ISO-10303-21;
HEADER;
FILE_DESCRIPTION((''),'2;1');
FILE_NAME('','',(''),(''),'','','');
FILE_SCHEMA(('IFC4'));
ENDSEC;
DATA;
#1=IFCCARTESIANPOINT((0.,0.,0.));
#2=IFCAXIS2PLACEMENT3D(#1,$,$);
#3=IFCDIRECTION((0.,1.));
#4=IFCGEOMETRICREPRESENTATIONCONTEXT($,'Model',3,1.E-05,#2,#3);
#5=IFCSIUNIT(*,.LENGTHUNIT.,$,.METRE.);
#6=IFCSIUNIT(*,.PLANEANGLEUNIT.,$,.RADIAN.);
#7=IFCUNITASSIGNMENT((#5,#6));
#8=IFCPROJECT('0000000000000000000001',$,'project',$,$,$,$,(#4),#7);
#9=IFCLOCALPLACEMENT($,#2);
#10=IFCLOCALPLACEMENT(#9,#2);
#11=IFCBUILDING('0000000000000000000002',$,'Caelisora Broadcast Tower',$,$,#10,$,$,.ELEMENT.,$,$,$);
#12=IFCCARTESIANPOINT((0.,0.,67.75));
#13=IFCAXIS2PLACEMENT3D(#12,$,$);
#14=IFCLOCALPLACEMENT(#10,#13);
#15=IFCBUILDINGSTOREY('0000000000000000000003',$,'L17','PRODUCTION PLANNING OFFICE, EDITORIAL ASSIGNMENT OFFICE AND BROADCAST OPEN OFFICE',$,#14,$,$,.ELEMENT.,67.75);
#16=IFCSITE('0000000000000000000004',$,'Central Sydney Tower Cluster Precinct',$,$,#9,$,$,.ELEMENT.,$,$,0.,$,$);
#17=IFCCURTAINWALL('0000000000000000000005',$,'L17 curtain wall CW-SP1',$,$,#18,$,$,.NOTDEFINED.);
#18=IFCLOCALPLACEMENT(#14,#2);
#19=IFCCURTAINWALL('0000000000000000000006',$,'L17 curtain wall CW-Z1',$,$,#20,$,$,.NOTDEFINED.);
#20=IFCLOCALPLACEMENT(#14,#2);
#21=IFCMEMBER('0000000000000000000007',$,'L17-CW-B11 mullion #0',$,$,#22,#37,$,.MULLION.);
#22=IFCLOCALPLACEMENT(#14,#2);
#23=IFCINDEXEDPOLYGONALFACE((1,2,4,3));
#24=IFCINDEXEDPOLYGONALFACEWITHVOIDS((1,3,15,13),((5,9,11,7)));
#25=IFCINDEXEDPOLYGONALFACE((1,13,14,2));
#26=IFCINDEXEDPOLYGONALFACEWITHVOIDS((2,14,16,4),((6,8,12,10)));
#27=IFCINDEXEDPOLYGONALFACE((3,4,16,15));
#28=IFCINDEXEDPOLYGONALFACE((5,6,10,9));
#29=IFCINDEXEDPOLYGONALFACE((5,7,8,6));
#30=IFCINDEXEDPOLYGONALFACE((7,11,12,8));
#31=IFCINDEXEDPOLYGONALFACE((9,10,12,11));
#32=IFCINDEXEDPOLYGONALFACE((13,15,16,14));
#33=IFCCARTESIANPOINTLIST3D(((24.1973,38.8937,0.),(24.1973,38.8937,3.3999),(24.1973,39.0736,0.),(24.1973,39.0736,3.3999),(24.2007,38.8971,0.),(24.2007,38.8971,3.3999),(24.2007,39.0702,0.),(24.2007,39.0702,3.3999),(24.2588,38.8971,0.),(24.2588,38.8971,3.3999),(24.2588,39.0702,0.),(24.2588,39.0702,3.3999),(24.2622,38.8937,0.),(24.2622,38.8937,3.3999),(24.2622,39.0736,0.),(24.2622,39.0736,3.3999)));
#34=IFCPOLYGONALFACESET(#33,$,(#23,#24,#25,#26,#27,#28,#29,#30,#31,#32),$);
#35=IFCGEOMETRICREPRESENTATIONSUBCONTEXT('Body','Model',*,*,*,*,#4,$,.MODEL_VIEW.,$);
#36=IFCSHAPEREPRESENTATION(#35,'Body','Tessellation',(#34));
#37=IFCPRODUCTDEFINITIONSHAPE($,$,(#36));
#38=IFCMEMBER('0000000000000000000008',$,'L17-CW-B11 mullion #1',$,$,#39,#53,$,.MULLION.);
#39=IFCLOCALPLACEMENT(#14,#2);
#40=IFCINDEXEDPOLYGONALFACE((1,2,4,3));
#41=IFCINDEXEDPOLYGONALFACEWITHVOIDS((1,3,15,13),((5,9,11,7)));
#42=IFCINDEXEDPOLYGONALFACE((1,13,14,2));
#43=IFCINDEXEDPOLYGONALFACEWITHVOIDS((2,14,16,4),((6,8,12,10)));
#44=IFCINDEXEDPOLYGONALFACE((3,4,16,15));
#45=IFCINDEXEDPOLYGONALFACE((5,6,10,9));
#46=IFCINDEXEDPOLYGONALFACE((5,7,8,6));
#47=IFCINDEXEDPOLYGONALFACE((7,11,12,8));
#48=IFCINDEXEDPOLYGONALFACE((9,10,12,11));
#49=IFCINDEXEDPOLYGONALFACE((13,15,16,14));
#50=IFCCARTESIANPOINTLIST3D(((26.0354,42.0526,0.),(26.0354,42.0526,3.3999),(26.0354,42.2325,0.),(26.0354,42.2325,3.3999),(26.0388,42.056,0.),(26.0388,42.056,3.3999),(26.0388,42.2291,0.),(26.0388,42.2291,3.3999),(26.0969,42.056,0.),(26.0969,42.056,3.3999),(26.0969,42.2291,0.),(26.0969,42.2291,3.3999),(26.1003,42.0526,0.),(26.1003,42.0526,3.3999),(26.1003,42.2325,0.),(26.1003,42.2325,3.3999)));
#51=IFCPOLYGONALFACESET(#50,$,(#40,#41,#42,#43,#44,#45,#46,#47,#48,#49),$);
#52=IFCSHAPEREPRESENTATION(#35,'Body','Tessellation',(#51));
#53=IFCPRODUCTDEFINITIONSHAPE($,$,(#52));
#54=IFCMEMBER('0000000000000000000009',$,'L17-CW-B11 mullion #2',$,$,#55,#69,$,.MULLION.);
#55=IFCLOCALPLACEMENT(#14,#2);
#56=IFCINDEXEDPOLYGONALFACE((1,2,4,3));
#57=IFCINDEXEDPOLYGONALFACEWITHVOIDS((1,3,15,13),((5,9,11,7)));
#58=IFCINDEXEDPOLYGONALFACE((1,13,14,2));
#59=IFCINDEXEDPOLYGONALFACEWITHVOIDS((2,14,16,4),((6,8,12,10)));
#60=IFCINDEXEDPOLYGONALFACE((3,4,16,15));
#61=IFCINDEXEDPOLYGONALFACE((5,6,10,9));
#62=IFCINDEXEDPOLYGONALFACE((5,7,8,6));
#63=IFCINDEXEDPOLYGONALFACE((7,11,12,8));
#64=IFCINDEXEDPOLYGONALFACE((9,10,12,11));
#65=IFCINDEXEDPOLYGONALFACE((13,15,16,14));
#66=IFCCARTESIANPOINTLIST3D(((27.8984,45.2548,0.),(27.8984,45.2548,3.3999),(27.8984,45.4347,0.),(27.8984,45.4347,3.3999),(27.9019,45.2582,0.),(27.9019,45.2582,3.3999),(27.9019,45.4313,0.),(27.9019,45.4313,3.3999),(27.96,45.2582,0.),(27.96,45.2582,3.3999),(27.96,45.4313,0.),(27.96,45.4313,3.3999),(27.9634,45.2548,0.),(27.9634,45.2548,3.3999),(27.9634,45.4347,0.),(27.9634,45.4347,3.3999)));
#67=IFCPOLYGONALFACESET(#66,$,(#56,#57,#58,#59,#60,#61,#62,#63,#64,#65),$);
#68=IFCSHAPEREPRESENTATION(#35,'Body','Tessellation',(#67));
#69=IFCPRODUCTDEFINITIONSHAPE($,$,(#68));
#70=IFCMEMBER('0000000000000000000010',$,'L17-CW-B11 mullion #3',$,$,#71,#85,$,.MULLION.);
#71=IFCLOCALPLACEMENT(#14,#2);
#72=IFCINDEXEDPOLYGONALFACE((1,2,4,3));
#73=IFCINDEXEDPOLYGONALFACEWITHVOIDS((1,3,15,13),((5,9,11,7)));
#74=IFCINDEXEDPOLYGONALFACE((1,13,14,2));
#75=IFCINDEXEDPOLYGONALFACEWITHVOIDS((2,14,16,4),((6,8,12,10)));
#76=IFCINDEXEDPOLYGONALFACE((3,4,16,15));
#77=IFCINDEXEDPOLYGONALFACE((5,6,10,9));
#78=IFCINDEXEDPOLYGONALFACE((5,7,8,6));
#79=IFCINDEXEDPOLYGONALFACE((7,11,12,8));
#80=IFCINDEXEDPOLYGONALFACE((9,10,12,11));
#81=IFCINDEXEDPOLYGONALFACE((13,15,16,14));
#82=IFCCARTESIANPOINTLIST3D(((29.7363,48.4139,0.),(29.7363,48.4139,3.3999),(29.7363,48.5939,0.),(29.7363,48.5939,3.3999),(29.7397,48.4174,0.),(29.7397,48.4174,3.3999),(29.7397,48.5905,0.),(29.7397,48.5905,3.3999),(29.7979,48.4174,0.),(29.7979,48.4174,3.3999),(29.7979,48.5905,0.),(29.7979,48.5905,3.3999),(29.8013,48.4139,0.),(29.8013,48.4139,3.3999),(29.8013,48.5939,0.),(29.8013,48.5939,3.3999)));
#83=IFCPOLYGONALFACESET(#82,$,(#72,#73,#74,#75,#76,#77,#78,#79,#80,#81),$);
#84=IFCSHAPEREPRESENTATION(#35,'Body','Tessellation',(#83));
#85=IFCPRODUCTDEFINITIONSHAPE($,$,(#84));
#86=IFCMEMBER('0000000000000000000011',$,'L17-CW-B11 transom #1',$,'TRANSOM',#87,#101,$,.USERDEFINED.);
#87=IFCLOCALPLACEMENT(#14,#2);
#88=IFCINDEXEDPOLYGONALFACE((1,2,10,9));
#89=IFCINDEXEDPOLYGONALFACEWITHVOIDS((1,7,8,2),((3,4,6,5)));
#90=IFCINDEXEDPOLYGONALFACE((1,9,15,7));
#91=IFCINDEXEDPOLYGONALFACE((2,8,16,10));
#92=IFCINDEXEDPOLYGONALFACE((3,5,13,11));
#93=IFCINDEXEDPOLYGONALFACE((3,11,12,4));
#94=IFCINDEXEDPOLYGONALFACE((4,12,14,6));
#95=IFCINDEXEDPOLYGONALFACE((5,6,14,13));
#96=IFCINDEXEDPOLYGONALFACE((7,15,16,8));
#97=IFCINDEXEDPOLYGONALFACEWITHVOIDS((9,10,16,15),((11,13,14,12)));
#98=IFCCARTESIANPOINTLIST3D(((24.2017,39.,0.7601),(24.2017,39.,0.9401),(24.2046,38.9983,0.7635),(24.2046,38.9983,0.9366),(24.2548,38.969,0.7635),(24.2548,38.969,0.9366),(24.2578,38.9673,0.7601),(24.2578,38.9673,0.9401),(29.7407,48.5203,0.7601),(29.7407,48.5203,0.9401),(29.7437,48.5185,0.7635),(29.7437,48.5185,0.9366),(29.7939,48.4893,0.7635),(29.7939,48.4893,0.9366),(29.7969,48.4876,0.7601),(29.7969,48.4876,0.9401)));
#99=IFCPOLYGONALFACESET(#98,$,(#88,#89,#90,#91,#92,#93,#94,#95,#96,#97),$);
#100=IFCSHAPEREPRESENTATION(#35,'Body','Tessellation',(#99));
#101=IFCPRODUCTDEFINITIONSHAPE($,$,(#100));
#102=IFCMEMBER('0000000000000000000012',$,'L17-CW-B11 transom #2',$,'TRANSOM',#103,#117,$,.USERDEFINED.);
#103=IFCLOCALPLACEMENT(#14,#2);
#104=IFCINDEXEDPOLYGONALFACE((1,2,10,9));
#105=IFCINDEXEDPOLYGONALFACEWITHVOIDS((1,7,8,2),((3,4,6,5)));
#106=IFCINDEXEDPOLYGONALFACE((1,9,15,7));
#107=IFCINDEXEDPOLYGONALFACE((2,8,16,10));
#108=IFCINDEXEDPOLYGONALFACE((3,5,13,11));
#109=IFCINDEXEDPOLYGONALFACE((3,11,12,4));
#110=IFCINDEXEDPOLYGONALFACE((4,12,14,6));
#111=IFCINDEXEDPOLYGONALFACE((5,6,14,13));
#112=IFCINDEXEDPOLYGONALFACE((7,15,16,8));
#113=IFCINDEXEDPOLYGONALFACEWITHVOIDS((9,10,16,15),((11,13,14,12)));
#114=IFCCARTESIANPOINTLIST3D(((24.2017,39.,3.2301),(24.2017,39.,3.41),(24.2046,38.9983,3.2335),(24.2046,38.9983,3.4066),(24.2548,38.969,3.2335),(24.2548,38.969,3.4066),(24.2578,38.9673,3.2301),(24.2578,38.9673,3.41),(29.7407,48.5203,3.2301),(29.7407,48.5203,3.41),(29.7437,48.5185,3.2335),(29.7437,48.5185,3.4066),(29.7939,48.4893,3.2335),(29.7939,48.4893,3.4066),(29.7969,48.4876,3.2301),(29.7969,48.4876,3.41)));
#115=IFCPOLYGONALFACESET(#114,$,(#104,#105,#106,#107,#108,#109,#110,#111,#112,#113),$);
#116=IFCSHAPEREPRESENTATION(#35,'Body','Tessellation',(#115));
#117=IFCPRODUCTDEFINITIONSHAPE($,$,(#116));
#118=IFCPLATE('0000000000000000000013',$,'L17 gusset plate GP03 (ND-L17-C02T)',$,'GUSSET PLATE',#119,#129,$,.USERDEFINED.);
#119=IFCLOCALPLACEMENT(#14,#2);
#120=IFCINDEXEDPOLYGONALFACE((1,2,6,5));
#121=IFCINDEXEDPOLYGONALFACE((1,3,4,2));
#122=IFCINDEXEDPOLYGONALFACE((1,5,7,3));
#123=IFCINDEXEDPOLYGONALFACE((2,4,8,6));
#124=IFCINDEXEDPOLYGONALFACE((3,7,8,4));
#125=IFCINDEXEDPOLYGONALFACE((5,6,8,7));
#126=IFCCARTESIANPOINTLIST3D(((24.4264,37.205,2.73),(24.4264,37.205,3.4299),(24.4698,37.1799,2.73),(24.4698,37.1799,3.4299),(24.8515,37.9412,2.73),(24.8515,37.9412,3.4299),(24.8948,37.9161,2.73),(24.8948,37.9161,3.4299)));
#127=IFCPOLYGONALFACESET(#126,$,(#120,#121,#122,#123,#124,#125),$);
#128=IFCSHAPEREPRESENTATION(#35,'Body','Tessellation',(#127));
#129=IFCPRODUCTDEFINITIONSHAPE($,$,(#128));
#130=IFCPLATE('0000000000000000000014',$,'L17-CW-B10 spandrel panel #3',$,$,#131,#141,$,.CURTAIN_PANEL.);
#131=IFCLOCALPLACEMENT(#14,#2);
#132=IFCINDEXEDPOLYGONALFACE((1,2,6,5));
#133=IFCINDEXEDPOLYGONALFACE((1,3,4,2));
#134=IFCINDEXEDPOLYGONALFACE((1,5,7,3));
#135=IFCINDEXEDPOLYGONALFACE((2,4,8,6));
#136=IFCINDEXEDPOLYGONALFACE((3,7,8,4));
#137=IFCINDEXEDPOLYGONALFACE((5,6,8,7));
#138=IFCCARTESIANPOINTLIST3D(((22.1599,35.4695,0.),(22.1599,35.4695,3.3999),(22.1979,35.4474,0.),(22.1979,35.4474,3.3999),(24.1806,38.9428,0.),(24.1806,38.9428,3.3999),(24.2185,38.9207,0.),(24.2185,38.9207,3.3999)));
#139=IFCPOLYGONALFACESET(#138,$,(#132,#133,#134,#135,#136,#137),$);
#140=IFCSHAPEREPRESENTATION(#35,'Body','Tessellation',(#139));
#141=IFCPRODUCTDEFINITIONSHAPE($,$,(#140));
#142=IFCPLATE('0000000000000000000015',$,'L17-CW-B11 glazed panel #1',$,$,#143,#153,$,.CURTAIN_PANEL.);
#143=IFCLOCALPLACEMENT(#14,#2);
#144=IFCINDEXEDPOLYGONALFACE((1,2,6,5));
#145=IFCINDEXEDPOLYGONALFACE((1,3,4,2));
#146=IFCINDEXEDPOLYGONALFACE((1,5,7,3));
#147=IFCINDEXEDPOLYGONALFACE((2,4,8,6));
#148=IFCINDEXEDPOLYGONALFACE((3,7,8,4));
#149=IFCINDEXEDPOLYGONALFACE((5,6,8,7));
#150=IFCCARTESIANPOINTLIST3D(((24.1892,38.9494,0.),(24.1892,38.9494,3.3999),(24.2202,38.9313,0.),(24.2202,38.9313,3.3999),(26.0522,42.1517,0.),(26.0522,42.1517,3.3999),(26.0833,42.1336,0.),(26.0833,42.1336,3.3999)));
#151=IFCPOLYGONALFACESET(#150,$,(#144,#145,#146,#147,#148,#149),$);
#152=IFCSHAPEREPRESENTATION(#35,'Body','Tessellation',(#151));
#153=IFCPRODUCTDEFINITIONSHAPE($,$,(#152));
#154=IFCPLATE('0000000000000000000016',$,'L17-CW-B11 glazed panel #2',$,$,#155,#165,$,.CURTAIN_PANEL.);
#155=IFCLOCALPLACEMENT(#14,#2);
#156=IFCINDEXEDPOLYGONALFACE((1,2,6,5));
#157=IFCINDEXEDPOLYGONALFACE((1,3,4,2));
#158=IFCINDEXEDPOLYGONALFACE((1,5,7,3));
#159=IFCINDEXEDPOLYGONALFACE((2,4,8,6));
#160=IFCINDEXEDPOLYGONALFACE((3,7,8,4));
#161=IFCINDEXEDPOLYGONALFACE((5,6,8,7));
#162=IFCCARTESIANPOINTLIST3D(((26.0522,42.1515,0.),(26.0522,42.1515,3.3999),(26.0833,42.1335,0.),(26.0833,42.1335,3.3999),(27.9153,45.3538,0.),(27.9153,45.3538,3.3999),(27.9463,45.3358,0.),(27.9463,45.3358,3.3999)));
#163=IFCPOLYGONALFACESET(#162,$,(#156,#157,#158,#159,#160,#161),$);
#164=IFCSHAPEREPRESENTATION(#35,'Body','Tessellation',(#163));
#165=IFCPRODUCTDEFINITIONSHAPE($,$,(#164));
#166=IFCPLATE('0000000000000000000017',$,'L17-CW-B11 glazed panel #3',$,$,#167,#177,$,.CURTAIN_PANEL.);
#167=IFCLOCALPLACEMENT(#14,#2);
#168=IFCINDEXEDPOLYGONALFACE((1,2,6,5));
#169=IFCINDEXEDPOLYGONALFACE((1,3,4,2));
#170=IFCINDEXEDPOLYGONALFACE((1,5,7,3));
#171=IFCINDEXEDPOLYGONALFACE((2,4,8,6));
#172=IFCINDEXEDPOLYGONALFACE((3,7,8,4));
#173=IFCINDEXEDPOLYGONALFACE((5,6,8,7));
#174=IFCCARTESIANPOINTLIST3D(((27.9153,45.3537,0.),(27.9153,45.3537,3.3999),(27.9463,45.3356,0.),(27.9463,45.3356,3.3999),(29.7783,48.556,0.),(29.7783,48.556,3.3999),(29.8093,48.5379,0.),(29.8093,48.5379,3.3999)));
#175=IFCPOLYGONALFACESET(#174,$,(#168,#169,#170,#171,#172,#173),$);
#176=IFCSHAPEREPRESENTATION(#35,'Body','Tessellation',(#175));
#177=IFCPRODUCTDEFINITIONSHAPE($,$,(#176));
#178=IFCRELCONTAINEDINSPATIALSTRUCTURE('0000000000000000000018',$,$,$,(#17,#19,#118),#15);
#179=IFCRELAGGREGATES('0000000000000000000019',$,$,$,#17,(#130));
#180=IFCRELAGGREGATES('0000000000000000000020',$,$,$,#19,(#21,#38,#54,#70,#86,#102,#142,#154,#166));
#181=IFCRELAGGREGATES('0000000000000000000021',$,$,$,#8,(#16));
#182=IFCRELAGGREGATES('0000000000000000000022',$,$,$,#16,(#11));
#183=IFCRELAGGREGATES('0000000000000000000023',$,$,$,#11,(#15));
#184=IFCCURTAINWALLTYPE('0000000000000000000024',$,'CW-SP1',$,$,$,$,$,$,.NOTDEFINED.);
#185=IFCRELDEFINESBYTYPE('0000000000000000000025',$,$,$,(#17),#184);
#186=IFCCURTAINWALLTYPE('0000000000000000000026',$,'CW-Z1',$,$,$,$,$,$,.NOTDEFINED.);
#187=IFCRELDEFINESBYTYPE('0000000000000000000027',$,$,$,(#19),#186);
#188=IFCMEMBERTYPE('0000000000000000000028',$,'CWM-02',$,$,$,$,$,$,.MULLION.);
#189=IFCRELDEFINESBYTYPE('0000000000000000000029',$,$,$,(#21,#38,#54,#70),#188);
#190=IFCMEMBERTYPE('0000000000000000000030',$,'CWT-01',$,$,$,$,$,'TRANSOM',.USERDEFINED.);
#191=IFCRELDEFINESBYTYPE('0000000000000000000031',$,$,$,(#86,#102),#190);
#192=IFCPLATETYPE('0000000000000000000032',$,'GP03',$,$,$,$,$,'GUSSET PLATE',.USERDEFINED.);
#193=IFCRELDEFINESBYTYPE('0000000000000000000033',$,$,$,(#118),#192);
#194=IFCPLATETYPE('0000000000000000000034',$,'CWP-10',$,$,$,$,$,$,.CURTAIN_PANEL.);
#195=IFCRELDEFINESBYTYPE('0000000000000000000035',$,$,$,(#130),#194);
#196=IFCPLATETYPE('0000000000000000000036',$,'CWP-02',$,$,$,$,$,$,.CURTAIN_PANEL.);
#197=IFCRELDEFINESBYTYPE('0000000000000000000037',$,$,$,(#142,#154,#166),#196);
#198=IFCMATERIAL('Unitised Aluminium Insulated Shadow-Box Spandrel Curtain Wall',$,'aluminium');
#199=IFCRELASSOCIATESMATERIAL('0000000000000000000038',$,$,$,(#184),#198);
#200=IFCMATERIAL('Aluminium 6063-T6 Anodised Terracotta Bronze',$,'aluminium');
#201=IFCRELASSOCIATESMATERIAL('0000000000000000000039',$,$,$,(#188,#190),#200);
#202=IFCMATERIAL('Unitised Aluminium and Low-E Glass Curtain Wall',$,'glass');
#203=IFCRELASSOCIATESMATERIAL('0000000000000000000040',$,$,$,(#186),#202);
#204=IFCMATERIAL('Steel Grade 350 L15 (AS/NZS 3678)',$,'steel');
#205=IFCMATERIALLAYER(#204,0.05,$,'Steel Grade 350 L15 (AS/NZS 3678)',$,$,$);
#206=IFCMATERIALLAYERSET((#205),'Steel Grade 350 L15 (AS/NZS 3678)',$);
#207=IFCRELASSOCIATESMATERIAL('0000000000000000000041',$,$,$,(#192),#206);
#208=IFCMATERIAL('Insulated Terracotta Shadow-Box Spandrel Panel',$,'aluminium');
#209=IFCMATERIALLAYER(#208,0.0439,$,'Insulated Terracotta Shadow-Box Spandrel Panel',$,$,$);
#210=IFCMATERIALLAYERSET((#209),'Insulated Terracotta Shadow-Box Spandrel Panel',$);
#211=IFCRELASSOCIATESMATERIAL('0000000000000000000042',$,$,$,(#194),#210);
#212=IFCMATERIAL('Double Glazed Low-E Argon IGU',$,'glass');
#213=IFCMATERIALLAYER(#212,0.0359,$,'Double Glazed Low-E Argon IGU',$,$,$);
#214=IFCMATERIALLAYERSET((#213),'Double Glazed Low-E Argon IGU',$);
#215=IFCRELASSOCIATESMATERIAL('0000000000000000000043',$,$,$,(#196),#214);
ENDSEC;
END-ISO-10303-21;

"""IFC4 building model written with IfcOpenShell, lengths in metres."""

from ifc_helpers import new_model, si_unit, direction, frame, origin, origin_2d, place, context, subcontext, project, spatial, rectangle, hollow_rectangle, extrude, source, transform, mapped, material, layer, layer_set, material_profile, profile_set, type_object, type_shapes, element, aggregate, save


model = new_model("IFC4")

# Units and contexts
model_context = context("Model", 3, precision=1e-05, world=origin(), true_north=direction((0.0, 1.0)))
body_context = subcontext(model_context, "Body", "Model", "MODEL_VIEW")
ifc_project = project(units=[si_unit("LENGTHUNIT", "METRE"), si_unit("PLANEANGLEUNIT", "RADIAN")], contexts=[model_context])

# Site, building, storey
site_placement = place(None, origin())
site = spatial("IfcSite", under=ifc_project, at=site_placement, Name="Central Sydney Tower Cluster Precinct", CompositionType="ELEMENT", RefElevation=0.0)
building_placement = place(site_placement, origin())
building = spatial("IfcBuilding", under=site, at=building_placement, Name="Caelisora Broadcast Tower", CompositionType="ELEMENT")
storey_placement = place(building_placement, frame((0.0, 0.0, 67.75)))
storey = spatial("IfcBuildingStorey", under=building, at=storey_placement, Name="L17", Description="PRODUCTION PLANNING OFFICE, EDITORIAL ASSIGNMENT OFFICE AND BROADCAST OPEN OFFICE", CompositionType="ELEMENT", Elevation=67.75)

# Shared definitions
ifc_material_1 = material(Name="Steel Grade 350 L15 (AS/NZS 3678)", Category="steel")

# Curtain wall
ifc_material_2 = material(Name="Unitised Aluminium Insulated Shadow-Box Spandrel Curtain Wall", Category="aluminium")
curtain_wall_type_1 = type_object("IfcCurtainWallType", Name="CW-SP1", PredefinedType="NOTDEFINED", material=ifc_material_2)
curtain_wall_1_placement = place(storey_placement, origin())
curtain_wall_1 = element("IfcCurtainWall", 1, at=curtain_wall_1_placement, inside=storey, type_object=curtain_wall_type_1, Name="L17 curtain wall CW-SP1", PredefinedType="NOTDEFINED")
ifc_material_3 = material(Name="Aluminium 6063-T6 Anodised Terracotta Bronze", Category="aluminium")
ifc_material_profile_1 = material_profile(ifc_material_3, hollow_rectangle(XDim=0.0649, YDim=0.1799, WallThickness=0.0034, at=origin_2d()), Name="Aluminium 6063-T6 Anodised Terracotta Bronze")
ifc_profile_set_1 = profile_set([ifc_material_profile_1], Name="Aluminium 6063-T6 Anodised Terracotta Bronze")
member_type_1 = type_object("IfcMemberType", Name="CWM-02", PredefinedType="MULLION", material=ifc_profile_set_1)
shared_shape_1 = source(origin(), body_context, "Body", "SweptSolid", [
    extrude(hollow_rectangle(XDim=0.0649, YDim=0.1799, WallThickness=0.0034, at=origin_2d()), origin(), (0.0, 0.0, 1.0), 3.3999),
])
type_shapes(member_type_1, [shared_shape_1])

# Curtain wall, members
ifc_material_4 = material(Name="Unitised Aluminium and Low-E Glass Curtain Wall", Category="glass")
curtain_wall_type_2 = type_object("IfcCurtainWallType", Name="CW-Z1", PredefinedType="NOTDEFINED", material=ifc_material_4)
curtain_wall_2_placement = place(storey_placement, origin())
curtain_wall_2 = element("IfcCurtainWall", 2, at=curtain_wall_2_placement, inside=storey, type_object=curtain_wall_type_2, Name="L17 curtain wall CW-Z1", PredefinedType="NOTDEFINED")
member_1_placement = place(storey_placement, frame((24.2297, 38.9836, 0.0), z_axis=(0.0, 0.0, 1.0), x_axis=(1.0, 0.0, 0.0)))
member_1 = element("IfcMember", 3, at=member_1_placement, type_object=member_type_1, Name="L17-CW-B11 mullion #0", PredefinedType="MULLION", context=body_context, shape_type="MappedRepresentation", body=[
    mapped(shared_shape_1, transform((0.0, 0.0, 0.0), scale=1.0)),
])
member_2_placement = place(storey_placement, frame((26.0679, 42.1426, 0.0), z_axis=(0.0, 0.0, 1.0), x_axis=(1.0, 0.0, 0.0)))
member_2 = element("IfcMember", 4, at=member_2_placement, type_object=member_type_1, Name="L17-CW-B11 mullion #1", PredefinedType="MULLION", context=body_context, shape_type="MappedRepresentation", body=[
    mapped(shared_shape_1, transform((0.0, 0.0, 0.0), scale=1.0)),
])
member_3_placement = place(storey_placement, frame((27.9309, 45.3447, 0.0), z_axis=(0.0, 0.0, 1.0), x_axis=(1.0, 0.0, 0.0)))
member_3 = element("IfcMember", 5, at=member_3_placement, type_object=member_type_1, Name="L17-CW-B11 mullion #2", PredefinedType="MULLION", context=body_context, shape_type="MappedRepresentation", body=[
    mapped(shared_shape_1, transform((0.0, 0.0, 0.0), scale=1.0)),
])
member_4_placement = place(storey_placement, frame((29.7688, 48.5039, 0.0), z_axis=(0.0, 0.0, 1.0), x_axis=(1.0, 0.0, 0.0)))
member_4 = element("IfcMember", 6, at=member_4_placement, type_object=member_type_1, Name="L17-CW-B11 mullion #3", PredefinedType="MULLION", context=body_context, shape_type="MappedRepresentation", body=[
    mapped(shared_shape_1, transform((0.0, 0.0, 0.0), scale=1.0)),
])
ifc_material_profile_2 = material_profile(ifc_material_3, hollow_rectangle(XDim=0.0649, YDim=0.1799, WallThickness=0.0034, at=origin_2d()), Name="Aluminium 6063-T6 Anodised Terracotta Bronze")
ifc_profile_set_2 = profile_set([ifc_material_profile_2], Name="Aluminium 6063-T6 Anodised Terracotta Bronze")
member_type_2 = type_object("IfcMemberType", Name="CWT-01", ElementType="TRANSOM", PredefinedType="USERDEFINED", material=ifc_profile_set_2)
shared_shape_2 = source(origin(), body_context, "Body", "SweptSolid", [
    extrude(hollow_rectangle(XDim=0.0649, YDim=0.1799, WallThickness=0.0034, at=origin_2d()), origin(), (0.0, 0.0, 1.0), 11.0144),
])
type_shapes(member_type_2, [shared_shape_2])
member_5_placement = place(storey_placement, frame((24.2297, 38.9836, 0.8501), z_axis=(0.502894, 0.864348, 0.0), x_axis=(-0.864348, 0.502894, 0.0)))
member_5 = element("IfcMember", 7, at=member_5_placement, type_object=member_type_2, Name="L17-CW-B11 transom #1", ObjectType="TRANSOM", PredefinedType="USERDEFINED", context=body_context, shape_type="MappedRepresentation", body=[
    mapped(shared_shape_2, transform((0.0, 0.0, 0.0), scale=1.0)),
])
member_6_placement = place(storey_placement, frame((24.2297, 38.9836, 3.3201), z_axis=(0.502894, 0.864348, 0.0), x_axis=(-0.864348, 0.502894, 0.0)))
member_6 = element("IfcMember", 8, at=member_6_placement, type_object=member_type_2, Name="L17-CW-B11 transom #2", ObjectType="TRANSOM", PredefinedType="USERDEFINED", context=body_context, shape_type="MappedRepresentation", body=[
    mapped(shared_shape_2, transform((0.0, 0.0, 0.0), scale=1.0)),
])

# Plates
ifc_layer_1 = layer(ifc_material_1, 0.05, Name="Steel Grade 350 L15 (AS/NZS 3678)")
ifc_layer_set_1 = layer_set([ifc_layer_1], Name="Steel Grade 350 L15 (AS/NZS 3678)")
plate_type_1 = type_object("IfcPlateType", Name="GP03", ElementType="GUSSET PLATE", PredefinedType="USERDEFINED", material=ifc_layer_set_1)
shared_shape_3 = source(origin(), body_context, "Body", "SweptSolid", [
    extrude(rectangle(XDim=0.8501, YDim=0.05, at=origin_2d()), origin(), (0.0, 0.0, 1.0), 0.7),
])
type_shapes(plate_type_1, [shared_shape_3])
plate_1_placement = place(storey_placement, frame((24.6606, 37.5605, 2.73), z_axis=(0.0, 0.0, 1.0), x_axis=(-0.5, -0.866025, 0.0)))
element("IfcPlate", 9, at=plate_1_placement, inside=storey, type_object=plate_type_1, Name="L17 gusset plate GP03 (ND-L17-C02T)", ObjectType="GUSSET PLATE", PredefinedType="USERDEFINED", context=body_context, shape_type="MappedRepresentation", body=[
    mapped(shared_shape_3, transform((0.0, 0.0, 0.0), scale=1.0)),
])
ifc_material_5 = material(Name="Insulated Terracotta Shadow-Box Spandrel Panel", Category="aluminium")
ifc_layer_2 = layer(ifc_material_5, 0.0439, Name="Insulated Terracotta Shadow-Box Spandrel Panel")
ifc_layer_set_2 = layer_set([ifc_layer_2], Name="Insulated Terracotta Shadow-Box Spandrel Panel")
plate_type_2 = type_object("IfcPlateType", Name="CWP-10", PredefinedType="CURTAIN_PANEL", material=ifc_layer_set_2)
shared_shape_4 = source(origin(), body_context, "Body", "SweptSolid", [
    extrude(rectangle(XDim=4.0183, YDim=0.0439, at=origin_2d()), origin(), (0.0, 0.0, 1.0), 3.3999),
])
type_shapes(plate_type_2, [shared_shape_4])
plate_2_placement = place(storey_placement, frame((23.1892, 37.1951, 0.0), z_axis=(0.0, 0.0, 1.0), x_axis=(0.502869, 0.864363, 0.0)))
plate_2 = element("IfcPlate", 10, at=plate_2_placement, type_object=plate_type_2, Name="L17-CW-B10 spandrel panel #3", PredefinedType="CURTAIN_PANEL", context=body_context, shape_type="MappedRepresentation", body=[
    mapped(shared_shape_4, transform((0.0, 0.0, 0.0), scale=1.0)),
])
aggregate(curtain_wall_1, [plate_2])
ifc_material_6 = material(Name="Double Glazed Low-E Argon IGU", Category="glass")
ifc_layer_3 = layer(ifc_material_6, 0.0359, Name="Double Glazed Low-E Argon IGU")
ifc_layer_set_3 = layer_set([ifc_layer_3], Name="Double Glazed Low-E Argon IGU")
plate_type_3 = type_object("IfcPlateType", Name="CWP-02", PredefinedType="CURTAIN_PANEL", material=ifc_layer_set_3)
shared_shape_5 = source(origin(), body_context, "Body", "SweptSolid", [
    extrude(rectangle(XDim=3.7048, YDim=0.0359, at=origin_2d()), origin(), (0.0, 0.0, 1.0), 3.3999),
])
type_shapes(plate_type_3, [shared_shape_5])
plate_3_placement = place(storey_placement, frame((25.1362, 40.5415, 0.0), z_axis=(0.0, 0.0, 1.0), x_axis=(0.502869, 0.864363, 0.0)))
plate_3 = element("IfcPlate", 11, at=plate_3_placement, type_object=plate_type_3, Name="L17-CW-B11 glazed panel #1", PredefinedType="CURTAIN_PANEL", context=body_context, shape_type="MappedRepresentation", body=[
    mapped(shared_shape_5, transform((0.0, 0.0, 0.0), scale=1.0)),
])
plate_4_placement = place(storey_placement, frame((26.9993, 43.7437, 0.0), z_axis=(0.0, 0.0, 1.0), x_axis=(0.502869, 0.864363, 0.0)))
plate_4 = element("IfcPlate", 12, at=plate_4_placement, type_object=plate_type_3, Name="L17-CW-B11 glazed panel #2", PredefinedType="CURTAIN_PANEL", context=body_context, shape_type="MappedRepresentation", body=[
    mapped(shared_shape_5, transform((0.0, 0.0, 0.0), scale=1.0)),
])
plate_5_placement = place(storey_placement, frame((28.8623, 46.9458, 0.0), z_axis=(0.0, 0.0, 1.0), x_axis=(0.502869, 0.864363, 0.0)))
plate_5 = element("IfcPlate", 13, at=plate_5_placement, type_object=plate_type_3, Name="L17-CW-B11 glazed panel #3", PredefinedType="CURTAIN_PANEL", context=body_context, shape_type="MappedRepresentation", body=[
    mapped(shared_shape_5, transform((0.0, 0.0, 0.0), scale=1.0)),
])
aggregate(curtain_wall_2, [member_1, member_2, member_3, member_4, member_5, member_6, plate_3, plate_4, plate_5])

save(model, "model.ifc")
